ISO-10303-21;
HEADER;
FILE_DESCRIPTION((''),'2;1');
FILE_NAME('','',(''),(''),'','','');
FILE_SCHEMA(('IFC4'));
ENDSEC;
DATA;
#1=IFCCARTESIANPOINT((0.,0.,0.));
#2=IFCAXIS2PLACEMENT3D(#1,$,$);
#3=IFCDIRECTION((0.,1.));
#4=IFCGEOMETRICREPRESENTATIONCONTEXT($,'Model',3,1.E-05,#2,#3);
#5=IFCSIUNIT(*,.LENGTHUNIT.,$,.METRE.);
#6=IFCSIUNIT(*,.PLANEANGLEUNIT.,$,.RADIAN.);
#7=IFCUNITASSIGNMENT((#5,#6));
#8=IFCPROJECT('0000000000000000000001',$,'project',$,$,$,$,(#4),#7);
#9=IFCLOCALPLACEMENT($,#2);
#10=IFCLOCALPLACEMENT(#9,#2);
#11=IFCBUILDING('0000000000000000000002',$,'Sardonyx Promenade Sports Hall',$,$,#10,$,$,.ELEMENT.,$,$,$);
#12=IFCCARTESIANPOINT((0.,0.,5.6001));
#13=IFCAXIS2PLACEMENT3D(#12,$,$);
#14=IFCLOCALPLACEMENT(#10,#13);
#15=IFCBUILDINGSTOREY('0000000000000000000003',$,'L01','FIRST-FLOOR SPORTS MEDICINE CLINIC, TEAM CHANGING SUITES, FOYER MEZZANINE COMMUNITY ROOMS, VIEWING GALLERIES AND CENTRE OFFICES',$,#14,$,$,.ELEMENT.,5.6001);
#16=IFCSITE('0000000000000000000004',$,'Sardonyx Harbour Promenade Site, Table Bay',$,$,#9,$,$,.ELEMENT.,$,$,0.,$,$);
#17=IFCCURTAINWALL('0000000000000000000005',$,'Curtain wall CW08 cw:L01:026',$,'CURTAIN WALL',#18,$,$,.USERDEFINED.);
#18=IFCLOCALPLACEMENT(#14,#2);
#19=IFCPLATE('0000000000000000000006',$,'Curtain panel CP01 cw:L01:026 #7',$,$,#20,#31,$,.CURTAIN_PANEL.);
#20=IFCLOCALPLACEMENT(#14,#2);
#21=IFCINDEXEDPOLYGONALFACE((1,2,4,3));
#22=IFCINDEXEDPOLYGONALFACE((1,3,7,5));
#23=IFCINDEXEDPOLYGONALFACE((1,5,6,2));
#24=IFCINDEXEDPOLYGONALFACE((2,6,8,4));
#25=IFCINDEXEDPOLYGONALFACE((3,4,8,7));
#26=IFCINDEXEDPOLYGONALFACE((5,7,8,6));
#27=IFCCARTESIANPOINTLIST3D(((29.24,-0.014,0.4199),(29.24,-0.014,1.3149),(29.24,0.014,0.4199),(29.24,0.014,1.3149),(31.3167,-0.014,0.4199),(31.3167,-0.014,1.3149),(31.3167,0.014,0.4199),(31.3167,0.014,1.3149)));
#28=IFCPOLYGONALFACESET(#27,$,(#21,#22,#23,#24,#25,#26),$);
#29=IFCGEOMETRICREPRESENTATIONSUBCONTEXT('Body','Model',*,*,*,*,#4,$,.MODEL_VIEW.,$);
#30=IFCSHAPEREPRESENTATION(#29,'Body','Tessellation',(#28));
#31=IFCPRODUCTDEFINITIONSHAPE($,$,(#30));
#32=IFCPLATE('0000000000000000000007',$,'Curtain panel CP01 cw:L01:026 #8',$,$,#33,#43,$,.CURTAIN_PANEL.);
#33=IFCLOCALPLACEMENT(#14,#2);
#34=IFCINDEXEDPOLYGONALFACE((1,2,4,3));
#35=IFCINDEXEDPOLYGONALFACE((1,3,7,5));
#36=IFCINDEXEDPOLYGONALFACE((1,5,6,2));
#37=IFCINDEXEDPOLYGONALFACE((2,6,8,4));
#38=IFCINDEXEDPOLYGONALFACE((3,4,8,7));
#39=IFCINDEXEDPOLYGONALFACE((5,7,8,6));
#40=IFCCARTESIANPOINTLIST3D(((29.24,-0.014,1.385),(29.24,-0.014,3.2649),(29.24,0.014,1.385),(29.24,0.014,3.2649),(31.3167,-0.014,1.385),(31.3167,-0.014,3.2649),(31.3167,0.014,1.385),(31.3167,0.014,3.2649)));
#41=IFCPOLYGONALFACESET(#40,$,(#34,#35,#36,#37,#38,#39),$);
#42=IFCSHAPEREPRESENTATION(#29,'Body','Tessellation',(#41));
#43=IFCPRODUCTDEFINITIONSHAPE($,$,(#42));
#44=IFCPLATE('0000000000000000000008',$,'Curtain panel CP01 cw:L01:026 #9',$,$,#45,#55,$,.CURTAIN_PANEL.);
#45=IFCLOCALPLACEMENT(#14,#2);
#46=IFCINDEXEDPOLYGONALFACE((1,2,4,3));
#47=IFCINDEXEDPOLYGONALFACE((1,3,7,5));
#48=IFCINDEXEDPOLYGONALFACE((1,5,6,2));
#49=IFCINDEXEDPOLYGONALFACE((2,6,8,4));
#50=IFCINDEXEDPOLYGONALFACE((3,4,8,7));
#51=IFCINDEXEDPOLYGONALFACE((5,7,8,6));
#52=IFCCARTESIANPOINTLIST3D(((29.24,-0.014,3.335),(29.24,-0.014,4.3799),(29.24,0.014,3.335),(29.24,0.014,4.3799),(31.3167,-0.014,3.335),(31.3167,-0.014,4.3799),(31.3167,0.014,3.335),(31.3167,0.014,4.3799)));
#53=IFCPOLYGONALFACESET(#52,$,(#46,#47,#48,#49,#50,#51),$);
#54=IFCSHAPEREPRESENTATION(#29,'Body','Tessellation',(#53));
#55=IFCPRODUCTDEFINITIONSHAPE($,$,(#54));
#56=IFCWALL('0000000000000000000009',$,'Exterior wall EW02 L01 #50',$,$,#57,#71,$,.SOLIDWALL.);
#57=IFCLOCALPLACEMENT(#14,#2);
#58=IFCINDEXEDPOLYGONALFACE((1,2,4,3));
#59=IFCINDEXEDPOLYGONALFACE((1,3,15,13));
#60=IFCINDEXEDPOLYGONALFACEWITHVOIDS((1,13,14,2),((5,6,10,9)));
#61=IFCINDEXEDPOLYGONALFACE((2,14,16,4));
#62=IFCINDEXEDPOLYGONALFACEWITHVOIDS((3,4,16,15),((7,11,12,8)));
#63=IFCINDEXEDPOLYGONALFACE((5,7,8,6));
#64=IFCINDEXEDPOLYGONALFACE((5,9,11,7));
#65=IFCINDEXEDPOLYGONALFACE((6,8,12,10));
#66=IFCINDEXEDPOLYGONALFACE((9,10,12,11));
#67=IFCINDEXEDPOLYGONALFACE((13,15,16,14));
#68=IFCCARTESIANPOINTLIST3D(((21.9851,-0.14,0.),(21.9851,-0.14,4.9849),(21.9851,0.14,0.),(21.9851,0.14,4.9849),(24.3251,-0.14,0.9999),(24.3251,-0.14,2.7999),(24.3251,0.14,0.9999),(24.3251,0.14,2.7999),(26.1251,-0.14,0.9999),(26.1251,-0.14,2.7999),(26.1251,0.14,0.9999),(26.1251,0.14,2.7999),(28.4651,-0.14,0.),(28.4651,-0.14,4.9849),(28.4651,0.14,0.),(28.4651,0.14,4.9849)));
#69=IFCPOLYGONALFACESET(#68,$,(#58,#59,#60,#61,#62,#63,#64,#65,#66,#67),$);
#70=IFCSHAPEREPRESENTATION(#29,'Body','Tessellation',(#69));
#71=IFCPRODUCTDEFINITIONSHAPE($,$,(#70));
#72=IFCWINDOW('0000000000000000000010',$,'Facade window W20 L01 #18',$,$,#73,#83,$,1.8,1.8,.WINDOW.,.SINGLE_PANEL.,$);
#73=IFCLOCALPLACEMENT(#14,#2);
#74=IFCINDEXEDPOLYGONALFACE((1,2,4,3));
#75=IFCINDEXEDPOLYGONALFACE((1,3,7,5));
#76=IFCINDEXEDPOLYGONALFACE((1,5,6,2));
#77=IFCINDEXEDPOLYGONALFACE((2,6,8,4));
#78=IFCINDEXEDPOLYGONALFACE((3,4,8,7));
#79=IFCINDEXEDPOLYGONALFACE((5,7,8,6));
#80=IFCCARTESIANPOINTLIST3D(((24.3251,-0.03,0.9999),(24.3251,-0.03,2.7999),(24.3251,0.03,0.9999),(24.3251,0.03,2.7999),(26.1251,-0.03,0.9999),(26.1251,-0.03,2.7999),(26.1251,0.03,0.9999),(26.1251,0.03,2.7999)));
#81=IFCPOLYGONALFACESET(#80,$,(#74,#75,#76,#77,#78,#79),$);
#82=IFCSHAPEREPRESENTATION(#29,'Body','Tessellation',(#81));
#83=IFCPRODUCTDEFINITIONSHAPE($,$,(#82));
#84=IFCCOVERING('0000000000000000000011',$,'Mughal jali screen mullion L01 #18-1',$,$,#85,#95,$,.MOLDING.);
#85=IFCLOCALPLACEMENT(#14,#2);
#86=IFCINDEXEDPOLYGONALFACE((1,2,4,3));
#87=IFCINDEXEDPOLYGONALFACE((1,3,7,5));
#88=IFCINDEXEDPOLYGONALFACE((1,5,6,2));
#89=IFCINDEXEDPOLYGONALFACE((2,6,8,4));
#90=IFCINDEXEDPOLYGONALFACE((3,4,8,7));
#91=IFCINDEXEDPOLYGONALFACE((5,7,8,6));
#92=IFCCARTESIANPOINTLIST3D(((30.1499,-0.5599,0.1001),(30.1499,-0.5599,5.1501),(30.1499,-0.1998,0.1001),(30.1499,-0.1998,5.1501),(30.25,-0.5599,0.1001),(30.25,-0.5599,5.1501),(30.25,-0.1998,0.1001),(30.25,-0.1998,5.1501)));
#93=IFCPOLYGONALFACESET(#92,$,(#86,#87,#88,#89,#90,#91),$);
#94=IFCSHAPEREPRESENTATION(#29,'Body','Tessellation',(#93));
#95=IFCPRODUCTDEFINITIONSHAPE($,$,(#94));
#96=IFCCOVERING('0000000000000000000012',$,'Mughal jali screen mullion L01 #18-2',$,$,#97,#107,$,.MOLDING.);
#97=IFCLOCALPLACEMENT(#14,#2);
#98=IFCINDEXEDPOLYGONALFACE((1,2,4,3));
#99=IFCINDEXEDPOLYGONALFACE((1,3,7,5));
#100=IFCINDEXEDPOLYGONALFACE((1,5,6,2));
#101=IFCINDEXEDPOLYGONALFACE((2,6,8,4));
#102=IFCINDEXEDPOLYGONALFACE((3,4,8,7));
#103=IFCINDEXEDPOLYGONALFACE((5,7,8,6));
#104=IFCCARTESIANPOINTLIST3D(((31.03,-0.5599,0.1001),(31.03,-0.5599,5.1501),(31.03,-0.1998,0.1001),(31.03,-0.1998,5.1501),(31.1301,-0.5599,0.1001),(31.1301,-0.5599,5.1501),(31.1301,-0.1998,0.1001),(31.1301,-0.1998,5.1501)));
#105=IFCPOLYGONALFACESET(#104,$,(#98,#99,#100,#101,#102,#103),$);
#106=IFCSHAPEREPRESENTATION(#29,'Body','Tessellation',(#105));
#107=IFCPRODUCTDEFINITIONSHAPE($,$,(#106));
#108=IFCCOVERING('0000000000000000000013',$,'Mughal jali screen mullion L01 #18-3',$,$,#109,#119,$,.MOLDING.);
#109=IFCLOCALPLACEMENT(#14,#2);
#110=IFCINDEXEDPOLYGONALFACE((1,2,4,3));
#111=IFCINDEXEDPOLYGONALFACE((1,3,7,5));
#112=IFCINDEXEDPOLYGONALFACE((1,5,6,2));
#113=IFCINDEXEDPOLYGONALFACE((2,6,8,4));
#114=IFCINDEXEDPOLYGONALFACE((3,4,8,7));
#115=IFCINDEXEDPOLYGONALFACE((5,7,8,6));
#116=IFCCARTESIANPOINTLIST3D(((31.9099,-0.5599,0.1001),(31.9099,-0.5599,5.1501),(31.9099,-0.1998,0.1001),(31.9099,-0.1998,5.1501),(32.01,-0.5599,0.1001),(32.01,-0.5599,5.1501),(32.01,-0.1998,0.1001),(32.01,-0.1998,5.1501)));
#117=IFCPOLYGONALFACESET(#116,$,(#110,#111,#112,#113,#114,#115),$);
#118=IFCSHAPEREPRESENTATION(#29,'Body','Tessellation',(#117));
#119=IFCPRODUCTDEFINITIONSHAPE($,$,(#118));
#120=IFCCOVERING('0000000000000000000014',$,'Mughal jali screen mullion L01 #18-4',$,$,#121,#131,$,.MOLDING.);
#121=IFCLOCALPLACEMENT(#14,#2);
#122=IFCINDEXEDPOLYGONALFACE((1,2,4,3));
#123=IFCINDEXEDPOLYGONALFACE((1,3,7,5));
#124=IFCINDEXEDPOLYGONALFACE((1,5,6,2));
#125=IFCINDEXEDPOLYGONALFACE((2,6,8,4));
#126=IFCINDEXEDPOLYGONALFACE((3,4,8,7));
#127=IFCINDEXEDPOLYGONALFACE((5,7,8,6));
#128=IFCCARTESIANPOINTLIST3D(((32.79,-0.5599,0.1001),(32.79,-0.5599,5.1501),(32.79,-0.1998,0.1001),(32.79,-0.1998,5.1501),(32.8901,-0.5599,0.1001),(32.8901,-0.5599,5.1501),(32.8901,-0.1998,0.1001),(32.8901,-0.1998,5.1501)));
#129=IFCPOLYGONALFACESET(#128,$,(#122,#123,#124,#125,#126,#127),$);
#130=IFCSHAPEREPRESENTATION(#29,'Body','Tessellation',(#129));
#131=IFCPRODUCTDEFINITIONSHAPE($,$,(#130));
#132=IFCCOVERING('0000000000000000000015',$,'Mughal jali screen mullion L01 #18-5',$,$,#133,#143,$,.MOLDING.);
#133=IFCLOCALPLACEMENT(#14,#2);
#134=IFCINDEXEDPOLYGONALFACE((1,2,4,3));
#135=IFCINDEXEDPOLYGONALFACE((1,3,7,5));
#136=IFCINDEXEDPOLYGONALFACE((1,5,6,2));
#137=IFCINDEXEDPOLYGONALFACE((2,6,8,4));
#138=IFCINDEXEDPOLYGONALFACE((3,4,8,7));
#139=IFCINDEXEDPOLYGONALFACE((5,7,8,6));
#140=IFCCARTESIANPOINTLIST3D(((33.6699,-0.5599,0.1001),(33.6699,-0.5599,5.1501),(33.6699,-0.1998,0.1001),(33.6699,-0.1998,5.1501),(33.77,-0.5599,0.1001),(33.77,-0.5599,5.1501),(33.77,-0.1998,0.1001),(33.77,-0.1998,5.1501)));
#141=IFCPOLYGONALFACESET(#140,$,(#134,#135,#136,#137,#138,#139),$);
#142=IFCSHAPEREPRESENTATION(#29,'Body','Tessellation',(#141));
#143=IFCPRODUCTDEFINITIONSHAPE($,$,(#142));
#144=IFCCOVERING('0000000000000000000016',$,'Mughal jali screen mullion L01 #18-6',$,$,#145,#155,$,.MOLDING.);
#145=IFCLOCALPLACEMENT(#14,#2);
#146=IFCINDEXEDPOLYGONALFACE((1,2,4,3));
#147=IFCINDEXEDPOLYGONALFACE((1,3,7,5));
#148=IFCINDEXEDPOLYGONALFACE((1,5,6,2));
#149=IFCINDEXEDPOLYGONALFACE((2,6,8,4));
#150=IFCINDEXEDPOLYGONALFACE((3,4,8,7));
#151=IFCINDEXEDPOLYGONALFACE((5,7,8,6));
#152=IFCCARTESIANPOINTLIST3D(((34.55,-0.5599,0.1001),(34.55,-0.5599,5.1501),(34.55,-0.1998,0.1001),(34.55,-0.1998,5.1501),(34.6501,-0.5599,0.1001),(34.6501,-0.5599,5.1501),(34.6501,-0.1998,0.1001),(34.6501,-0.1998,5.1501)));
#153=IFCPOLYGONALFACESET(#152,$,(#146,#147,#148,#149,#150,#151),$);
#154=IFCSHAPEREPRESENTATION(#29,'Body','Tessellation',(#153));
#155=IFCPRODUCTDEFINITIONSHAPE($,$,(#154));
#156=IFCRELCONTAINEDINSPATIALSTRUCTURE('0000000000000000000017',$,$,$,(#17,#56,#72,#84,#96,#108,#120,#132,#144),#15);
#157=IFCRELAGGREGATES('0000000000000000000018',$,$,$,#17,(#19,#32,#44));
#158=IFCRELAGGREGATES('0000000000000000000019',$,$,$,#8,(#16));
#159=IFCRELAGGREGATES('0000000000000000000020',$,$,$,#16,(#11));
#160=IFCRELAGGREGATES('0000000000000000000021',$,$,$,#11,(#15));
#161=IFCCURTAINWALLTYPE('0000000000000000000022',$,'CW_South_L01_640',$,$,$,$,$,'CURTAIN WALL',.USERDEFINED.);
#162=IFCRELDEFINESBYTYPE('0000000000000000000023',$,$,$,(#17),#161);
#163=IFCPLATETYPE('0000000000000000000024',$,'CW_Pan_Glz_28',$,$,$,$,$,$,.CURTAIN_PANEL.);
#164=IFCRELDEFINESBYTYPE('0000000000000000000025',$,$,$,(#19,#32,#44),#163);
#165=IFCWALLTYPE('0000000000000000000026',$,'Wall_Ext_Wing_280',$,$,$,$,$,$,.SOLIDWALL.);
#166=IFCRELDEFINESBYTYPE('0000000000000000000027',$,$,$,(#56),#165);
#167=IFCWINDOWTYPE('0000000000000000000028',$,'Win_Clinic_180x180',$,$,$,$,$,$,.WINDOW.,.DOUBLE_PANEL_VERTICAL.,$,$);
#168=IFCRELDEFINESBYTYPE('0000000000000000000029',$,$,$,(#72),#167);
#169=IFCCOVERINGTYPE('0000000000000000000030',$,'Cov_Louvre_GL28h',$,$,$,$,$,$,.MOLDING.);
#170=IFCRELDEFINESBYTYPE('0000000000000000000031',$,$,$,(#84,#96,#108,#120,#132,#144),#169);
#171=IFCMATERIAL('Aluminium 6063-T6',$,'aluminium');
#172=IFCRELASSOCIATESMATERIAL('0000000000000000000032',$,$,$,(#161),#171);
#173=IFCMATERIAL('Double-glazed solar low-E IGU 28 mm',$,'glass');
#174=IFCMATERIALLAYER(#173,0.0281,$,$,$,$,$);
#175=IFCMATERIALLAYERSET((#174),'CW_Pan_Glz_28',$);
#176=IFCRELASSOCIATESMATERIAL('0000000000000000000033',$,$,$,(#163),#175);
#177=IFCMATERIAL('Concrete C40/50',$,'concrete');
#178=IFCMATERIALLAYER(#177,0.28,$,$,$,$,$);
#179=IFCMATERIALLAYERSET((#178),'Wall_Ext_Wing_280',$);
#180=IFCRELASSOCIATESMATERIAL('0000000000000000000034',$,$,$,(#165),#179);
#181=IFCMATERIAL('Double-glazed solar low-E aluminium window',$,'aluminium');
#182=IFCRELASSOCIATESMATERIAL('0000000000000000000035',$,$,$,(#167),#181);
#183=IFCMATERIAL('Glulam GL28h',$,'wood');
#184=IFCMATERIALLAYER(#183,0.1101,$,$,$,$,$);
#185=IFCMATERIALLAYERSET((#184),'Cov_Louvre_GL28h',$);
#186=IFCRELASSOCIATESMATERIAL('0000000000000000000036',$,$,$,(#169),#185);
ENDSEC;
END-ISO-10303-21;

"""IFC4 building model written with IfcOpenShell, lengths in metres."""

from ifc_helpers import new_model, si_unit, direction, frame, frame_2d, origin, origin_2d, place, context, subcontext, project, spatial, rectangle, extrude, material, layer, layer_set, type_object, element, fill, aggregate, save


model = new_model("IFC4")

# Units and contexts
model_context = context("Model", 3, precision=1e-05, world=origin(), true_north=direction((0.0, 1.0)))
body_context = subcontext(model_context, "Body", "Model", "MODEL_VIEW")
ifc_project = project(units=[si_unit("LENGTHUNIT", "METRE"), si_unit("PLANEANGLEUNIT", "RADIAN")], contexts=[model_context])

# Site, building, storey
site_placement = place(None, origin())
site = spatial("IfcSite", under=ifc_project, at=site_placement, Name="Sardonyx Harbour Promenade Site, Table Bay", CompositionType="ELEMENT", RefElevation=0.0)
building_placement = place(site_placement, origin())
building = spatial("IfcBuilding", under=site, at=building_placement, Name="Sardonyx Promenade Sports Hall", CompositionType="ELEMENT")
storey_placement = place(building_placement, frame((0.0, 0.0, 5.6001)))
storey = spatial("IfcBuildingStorey", under=building, at=storey_placement, Name="L01", Description="FIRST-FLOOR SPORTS MEDICINE CLINIC, TEAM CHANGING SUITES, FOYER MEZZANINE COMMUNITY ROOMS, VIEWING GALLERIES AND CENTRE OFFICES", CompositionType="ELEMENT", Elevation=5.6001)

# Curtain wall, plates
ifc_material_1 = material(Name="Aluminium 6063-T6", Category="aluminium")
curtain_wall_type = type_object("IfcCurtainWallType", Name="CW_South_L01_640", ElementType="CURTAIN WALL", PredefinedType="USERDEFINED", material=ifc_material_1)
curtain_wall_placement = place(storey_placement, origin())
curtain_wall = element("IfcCurtainWall", 1, at=curtain_wall_placement, inside=storey, type_object=curtain_wall_type, Name="Curtain wall CW08 cw:L01:026", ObjectType="CURTAIN WALL", PredefinedType="USERDEFINED")
ifc_material_2 = material(Name="Double-glazed solar low-E IGU 28 mm", Category="glass")
ifc_layer_1 = layer(ifc_material_2, 0.0281)
ifc_layer_set_1 = layer_set([ifc_layer_1], Name="CW_Pan_Glz_28")
plate_type = type_object("IfcPlateType", Name="CW_Pan_Glz_28", PredefinedType="CURTAIN_PANEL", material=ifc_layer_set_1)
plate_1_placement = place(storey_placement, frame((30.2783, 0.0, 0.4199), z_axis=(0.0, 0.0, 1.0), x_axis=(-1.0, 0.0, 0.0)))
plate_1 = element("IfcPlate", 2, at=plate_1_placement, type_object=plate_type, Name="Curtain panel CP01 cw:L01:026 #7", PredefinedType="CURTAIN_PANEL", context=body_context, shape_type="SweptSolid", body=[
    extrude(rectangle(XDim=2.0767, YDim=0.0281, at=origin_2d()), origin(), (0.0, 0.0, 1.0), 0.895),
])
plate_2_placement = place(storey_placement, frame((30.2783, 0.0, 1.385), z_axis=(0.0, 0.0, 1.0), x_axis=(-1.0, 0.0, 0.0)))
plate_2 = element("IfcPlate", 3, at=plate_2_placement, type_object=plate_type, Name="Curtain panel CP01 cw:L01:026 #8", PredefinedType="CURTAIN_PANEL", context=body_context, shape_type="SweptSolid", body=[
    extrude(rectangle(XDim=2.0767, YDim=0.0281, at=origin_2d()), origin(), (0.0, 0.0, 1.0), 1.8799),
])
plate_3_placement = place(storey_placement, frame((30.2783, 0.0, 3.335), z_axis=(0.0, 0.0, 1.0), x_axis=(-1.0, 0.0, 0.0)))
plate_3 = element("IfcPlate", 4, at=plate_3_placement, type_object=plate_type, Name="Curtain panel CP01 cw:L01:026 #9", PredefinedType="CURTAIN_PANEL", context=body_context, shape_type="SweptSolid", body=[
    extrude(rectangle(XDim=2.0767, YDim=0.0281, at=origin_2d()), origin(), (0.0, 0.0, 1.0), 1.0449),
])
aggregate(curtain_wall, [plate_1, plate_2, plate_3])

# Wall, opening, window
ifc_material_3 = material(Name="Concrete C40/50", Category="concrete")
ifc_layer_2 = layer(ifc_material_3, 0.28)
ifc_layer_set_2 = layer_set([ifc_layer_2], Name="Wall_Ext_Wing_280")
wall_type = type_object("IfcWallType", Name="Wall_Ext_Wing_280", PredefinedType="SOLIDWALL", material=ifc_layer_set_2)
wall_placement = place(storey_placement, frame((28.4651, 0.0, 0.0), z_axis=(0.0, 0.0, 1.0), x_axis=(-1.0, 0.0, 0.0)))
wall = element("IfcWall", 5, at=wall_placement, inside=storey, type_object=wall_type, Name="Exterior wall EW02 L01 #50", PredefinedType="SOLIDWALL", context=body_context, shape_type="SweptSolid", body=[
    extrude(rectangle(XDim=6.48, YDim=0.28, at=frame_2d((3.24, 0.0))), origin(), (0.0, 0.0, 1.0), 4.9849),
])
opening_placement = place(wall_placement, frame((2.3401, 0.0, 1.0)))
opening = element("IfcOpeningElement", 6, at=opening_placement, cuts=wall, PredefinedType="OPENING", context=body_context, shape_type="SweptSolid", body=[
    extrude(rectangle(XDim=1.8, YDim=1.8, at=frame_2d((0.8999, 0.8999))), frame((0.0, 0.15, 0.0), z_axis=(0.0, -1.0, 0.0), x_axis=(1.0, 0.0, 0.0)), (0.0, 0.0, 1.0), 0.3),
])
ifc_material_4 = material(Name="Double-glazed solar low-E aluminium window", Category="aluminium")
window_type = type_object("IfcWindowType", Name="Win_Clinic_180x180", PartitioningType="DOUBLE_PANEL_VERTICAL", PredefinedType="WINDOW", material=ifc_material_4)
window_placement = place(opening_placement, origin())
window = element("IfcWindow", 7, at=window_placement, inside=storey, type_object=window_type, Name="Facade window W20 L01 #18", OverallHeight=1.8, OverallWidth=1.8, PartitioningType="SINGLE_PANEL", PredefinedType="WINDOW", context=body_context, shape_type="SweptSolid", body=[
    extrude(rectangle(XDim=1.8, YDim=1.8, at=frame_2d((0.8999, 0.8999))), frame((0.0, 0.03, 0.0), z_axis=(0.0, -1.0, 0.0), x_axis=(1.0, 0.0, 0.0)), (0.0, 0.0, 1.0), 0.0601),
])
fill(opening, window)

# Coverings
ifc_material_5 = material(Name="Glulam GL28h", Category="wood")
ifc_layer_3 = layer(ifc_material_5, 0.1101)
ifc_layer_set_3 = layer_set([ifc_layer_3], Name="Cov_Louvre_GL28h")
covering_type = type_object("IfcCoveringType", Name="Cov_Louvre_GL28h", PredefinedType="MOLDING", material=ifc_layer_set_3)
for number, where, z_axis, x_axis, name in (
    (8, (30.2, -0.3799, 0.1001), (0.0, 0.0, 1.0), (1.0, 0.0, 0.0), "Mughal jali screen mullion L01 #18-1"),
    (9, (31.0801, -0.3799, 0.1001), (0.0, 0.0, 1.0), (1.0, 0.0, 0.0), "Mughal jali screen mullion L01 #18-2"),
    (10, (31.96, -0.3799, 0.1001), (0.0, 0.0, 1.0), (1.0, 0.0, 0.0), "Mughal jali screen mullion L01 #18-3"),
    (11, (32.8401, -0.3799, 0.1001), (0.0, 0.0, 1.0), (1.0, 0.0, 0.0), "Mughal jali screen mullion L01 #18-4"),
    (12, (33.72, -0.3799, 0.1001), (0.0, 0.0, 1.0), (1.0, 0.0, 0.0), "Mughal jali screen mullion L01 #18-5"),
    (13, (34.6001, -0.3799, 0.1001), (0.0, 0.0, 1.0), (1.0, 0.0, 0.0), "Mughal jali screen mullion L01 #18-6"),
):
    element("IfcCovering", number, at=place(storey_placement, frame(where, z_axis=z_axis, x_axis=x_axis)), inside=storey, type_object=covering_type, Name=name, PredefinedType="MOLDING", context=body_context, shape_type="SweptSolid", body=[
        extrude(rectangle(XDim=0.1001, YDim=0.3601, at=origin_2d()), origin(), (0.0, 0.0, 1.0), 5.05),
    ])

save(model, "model.ifc")
